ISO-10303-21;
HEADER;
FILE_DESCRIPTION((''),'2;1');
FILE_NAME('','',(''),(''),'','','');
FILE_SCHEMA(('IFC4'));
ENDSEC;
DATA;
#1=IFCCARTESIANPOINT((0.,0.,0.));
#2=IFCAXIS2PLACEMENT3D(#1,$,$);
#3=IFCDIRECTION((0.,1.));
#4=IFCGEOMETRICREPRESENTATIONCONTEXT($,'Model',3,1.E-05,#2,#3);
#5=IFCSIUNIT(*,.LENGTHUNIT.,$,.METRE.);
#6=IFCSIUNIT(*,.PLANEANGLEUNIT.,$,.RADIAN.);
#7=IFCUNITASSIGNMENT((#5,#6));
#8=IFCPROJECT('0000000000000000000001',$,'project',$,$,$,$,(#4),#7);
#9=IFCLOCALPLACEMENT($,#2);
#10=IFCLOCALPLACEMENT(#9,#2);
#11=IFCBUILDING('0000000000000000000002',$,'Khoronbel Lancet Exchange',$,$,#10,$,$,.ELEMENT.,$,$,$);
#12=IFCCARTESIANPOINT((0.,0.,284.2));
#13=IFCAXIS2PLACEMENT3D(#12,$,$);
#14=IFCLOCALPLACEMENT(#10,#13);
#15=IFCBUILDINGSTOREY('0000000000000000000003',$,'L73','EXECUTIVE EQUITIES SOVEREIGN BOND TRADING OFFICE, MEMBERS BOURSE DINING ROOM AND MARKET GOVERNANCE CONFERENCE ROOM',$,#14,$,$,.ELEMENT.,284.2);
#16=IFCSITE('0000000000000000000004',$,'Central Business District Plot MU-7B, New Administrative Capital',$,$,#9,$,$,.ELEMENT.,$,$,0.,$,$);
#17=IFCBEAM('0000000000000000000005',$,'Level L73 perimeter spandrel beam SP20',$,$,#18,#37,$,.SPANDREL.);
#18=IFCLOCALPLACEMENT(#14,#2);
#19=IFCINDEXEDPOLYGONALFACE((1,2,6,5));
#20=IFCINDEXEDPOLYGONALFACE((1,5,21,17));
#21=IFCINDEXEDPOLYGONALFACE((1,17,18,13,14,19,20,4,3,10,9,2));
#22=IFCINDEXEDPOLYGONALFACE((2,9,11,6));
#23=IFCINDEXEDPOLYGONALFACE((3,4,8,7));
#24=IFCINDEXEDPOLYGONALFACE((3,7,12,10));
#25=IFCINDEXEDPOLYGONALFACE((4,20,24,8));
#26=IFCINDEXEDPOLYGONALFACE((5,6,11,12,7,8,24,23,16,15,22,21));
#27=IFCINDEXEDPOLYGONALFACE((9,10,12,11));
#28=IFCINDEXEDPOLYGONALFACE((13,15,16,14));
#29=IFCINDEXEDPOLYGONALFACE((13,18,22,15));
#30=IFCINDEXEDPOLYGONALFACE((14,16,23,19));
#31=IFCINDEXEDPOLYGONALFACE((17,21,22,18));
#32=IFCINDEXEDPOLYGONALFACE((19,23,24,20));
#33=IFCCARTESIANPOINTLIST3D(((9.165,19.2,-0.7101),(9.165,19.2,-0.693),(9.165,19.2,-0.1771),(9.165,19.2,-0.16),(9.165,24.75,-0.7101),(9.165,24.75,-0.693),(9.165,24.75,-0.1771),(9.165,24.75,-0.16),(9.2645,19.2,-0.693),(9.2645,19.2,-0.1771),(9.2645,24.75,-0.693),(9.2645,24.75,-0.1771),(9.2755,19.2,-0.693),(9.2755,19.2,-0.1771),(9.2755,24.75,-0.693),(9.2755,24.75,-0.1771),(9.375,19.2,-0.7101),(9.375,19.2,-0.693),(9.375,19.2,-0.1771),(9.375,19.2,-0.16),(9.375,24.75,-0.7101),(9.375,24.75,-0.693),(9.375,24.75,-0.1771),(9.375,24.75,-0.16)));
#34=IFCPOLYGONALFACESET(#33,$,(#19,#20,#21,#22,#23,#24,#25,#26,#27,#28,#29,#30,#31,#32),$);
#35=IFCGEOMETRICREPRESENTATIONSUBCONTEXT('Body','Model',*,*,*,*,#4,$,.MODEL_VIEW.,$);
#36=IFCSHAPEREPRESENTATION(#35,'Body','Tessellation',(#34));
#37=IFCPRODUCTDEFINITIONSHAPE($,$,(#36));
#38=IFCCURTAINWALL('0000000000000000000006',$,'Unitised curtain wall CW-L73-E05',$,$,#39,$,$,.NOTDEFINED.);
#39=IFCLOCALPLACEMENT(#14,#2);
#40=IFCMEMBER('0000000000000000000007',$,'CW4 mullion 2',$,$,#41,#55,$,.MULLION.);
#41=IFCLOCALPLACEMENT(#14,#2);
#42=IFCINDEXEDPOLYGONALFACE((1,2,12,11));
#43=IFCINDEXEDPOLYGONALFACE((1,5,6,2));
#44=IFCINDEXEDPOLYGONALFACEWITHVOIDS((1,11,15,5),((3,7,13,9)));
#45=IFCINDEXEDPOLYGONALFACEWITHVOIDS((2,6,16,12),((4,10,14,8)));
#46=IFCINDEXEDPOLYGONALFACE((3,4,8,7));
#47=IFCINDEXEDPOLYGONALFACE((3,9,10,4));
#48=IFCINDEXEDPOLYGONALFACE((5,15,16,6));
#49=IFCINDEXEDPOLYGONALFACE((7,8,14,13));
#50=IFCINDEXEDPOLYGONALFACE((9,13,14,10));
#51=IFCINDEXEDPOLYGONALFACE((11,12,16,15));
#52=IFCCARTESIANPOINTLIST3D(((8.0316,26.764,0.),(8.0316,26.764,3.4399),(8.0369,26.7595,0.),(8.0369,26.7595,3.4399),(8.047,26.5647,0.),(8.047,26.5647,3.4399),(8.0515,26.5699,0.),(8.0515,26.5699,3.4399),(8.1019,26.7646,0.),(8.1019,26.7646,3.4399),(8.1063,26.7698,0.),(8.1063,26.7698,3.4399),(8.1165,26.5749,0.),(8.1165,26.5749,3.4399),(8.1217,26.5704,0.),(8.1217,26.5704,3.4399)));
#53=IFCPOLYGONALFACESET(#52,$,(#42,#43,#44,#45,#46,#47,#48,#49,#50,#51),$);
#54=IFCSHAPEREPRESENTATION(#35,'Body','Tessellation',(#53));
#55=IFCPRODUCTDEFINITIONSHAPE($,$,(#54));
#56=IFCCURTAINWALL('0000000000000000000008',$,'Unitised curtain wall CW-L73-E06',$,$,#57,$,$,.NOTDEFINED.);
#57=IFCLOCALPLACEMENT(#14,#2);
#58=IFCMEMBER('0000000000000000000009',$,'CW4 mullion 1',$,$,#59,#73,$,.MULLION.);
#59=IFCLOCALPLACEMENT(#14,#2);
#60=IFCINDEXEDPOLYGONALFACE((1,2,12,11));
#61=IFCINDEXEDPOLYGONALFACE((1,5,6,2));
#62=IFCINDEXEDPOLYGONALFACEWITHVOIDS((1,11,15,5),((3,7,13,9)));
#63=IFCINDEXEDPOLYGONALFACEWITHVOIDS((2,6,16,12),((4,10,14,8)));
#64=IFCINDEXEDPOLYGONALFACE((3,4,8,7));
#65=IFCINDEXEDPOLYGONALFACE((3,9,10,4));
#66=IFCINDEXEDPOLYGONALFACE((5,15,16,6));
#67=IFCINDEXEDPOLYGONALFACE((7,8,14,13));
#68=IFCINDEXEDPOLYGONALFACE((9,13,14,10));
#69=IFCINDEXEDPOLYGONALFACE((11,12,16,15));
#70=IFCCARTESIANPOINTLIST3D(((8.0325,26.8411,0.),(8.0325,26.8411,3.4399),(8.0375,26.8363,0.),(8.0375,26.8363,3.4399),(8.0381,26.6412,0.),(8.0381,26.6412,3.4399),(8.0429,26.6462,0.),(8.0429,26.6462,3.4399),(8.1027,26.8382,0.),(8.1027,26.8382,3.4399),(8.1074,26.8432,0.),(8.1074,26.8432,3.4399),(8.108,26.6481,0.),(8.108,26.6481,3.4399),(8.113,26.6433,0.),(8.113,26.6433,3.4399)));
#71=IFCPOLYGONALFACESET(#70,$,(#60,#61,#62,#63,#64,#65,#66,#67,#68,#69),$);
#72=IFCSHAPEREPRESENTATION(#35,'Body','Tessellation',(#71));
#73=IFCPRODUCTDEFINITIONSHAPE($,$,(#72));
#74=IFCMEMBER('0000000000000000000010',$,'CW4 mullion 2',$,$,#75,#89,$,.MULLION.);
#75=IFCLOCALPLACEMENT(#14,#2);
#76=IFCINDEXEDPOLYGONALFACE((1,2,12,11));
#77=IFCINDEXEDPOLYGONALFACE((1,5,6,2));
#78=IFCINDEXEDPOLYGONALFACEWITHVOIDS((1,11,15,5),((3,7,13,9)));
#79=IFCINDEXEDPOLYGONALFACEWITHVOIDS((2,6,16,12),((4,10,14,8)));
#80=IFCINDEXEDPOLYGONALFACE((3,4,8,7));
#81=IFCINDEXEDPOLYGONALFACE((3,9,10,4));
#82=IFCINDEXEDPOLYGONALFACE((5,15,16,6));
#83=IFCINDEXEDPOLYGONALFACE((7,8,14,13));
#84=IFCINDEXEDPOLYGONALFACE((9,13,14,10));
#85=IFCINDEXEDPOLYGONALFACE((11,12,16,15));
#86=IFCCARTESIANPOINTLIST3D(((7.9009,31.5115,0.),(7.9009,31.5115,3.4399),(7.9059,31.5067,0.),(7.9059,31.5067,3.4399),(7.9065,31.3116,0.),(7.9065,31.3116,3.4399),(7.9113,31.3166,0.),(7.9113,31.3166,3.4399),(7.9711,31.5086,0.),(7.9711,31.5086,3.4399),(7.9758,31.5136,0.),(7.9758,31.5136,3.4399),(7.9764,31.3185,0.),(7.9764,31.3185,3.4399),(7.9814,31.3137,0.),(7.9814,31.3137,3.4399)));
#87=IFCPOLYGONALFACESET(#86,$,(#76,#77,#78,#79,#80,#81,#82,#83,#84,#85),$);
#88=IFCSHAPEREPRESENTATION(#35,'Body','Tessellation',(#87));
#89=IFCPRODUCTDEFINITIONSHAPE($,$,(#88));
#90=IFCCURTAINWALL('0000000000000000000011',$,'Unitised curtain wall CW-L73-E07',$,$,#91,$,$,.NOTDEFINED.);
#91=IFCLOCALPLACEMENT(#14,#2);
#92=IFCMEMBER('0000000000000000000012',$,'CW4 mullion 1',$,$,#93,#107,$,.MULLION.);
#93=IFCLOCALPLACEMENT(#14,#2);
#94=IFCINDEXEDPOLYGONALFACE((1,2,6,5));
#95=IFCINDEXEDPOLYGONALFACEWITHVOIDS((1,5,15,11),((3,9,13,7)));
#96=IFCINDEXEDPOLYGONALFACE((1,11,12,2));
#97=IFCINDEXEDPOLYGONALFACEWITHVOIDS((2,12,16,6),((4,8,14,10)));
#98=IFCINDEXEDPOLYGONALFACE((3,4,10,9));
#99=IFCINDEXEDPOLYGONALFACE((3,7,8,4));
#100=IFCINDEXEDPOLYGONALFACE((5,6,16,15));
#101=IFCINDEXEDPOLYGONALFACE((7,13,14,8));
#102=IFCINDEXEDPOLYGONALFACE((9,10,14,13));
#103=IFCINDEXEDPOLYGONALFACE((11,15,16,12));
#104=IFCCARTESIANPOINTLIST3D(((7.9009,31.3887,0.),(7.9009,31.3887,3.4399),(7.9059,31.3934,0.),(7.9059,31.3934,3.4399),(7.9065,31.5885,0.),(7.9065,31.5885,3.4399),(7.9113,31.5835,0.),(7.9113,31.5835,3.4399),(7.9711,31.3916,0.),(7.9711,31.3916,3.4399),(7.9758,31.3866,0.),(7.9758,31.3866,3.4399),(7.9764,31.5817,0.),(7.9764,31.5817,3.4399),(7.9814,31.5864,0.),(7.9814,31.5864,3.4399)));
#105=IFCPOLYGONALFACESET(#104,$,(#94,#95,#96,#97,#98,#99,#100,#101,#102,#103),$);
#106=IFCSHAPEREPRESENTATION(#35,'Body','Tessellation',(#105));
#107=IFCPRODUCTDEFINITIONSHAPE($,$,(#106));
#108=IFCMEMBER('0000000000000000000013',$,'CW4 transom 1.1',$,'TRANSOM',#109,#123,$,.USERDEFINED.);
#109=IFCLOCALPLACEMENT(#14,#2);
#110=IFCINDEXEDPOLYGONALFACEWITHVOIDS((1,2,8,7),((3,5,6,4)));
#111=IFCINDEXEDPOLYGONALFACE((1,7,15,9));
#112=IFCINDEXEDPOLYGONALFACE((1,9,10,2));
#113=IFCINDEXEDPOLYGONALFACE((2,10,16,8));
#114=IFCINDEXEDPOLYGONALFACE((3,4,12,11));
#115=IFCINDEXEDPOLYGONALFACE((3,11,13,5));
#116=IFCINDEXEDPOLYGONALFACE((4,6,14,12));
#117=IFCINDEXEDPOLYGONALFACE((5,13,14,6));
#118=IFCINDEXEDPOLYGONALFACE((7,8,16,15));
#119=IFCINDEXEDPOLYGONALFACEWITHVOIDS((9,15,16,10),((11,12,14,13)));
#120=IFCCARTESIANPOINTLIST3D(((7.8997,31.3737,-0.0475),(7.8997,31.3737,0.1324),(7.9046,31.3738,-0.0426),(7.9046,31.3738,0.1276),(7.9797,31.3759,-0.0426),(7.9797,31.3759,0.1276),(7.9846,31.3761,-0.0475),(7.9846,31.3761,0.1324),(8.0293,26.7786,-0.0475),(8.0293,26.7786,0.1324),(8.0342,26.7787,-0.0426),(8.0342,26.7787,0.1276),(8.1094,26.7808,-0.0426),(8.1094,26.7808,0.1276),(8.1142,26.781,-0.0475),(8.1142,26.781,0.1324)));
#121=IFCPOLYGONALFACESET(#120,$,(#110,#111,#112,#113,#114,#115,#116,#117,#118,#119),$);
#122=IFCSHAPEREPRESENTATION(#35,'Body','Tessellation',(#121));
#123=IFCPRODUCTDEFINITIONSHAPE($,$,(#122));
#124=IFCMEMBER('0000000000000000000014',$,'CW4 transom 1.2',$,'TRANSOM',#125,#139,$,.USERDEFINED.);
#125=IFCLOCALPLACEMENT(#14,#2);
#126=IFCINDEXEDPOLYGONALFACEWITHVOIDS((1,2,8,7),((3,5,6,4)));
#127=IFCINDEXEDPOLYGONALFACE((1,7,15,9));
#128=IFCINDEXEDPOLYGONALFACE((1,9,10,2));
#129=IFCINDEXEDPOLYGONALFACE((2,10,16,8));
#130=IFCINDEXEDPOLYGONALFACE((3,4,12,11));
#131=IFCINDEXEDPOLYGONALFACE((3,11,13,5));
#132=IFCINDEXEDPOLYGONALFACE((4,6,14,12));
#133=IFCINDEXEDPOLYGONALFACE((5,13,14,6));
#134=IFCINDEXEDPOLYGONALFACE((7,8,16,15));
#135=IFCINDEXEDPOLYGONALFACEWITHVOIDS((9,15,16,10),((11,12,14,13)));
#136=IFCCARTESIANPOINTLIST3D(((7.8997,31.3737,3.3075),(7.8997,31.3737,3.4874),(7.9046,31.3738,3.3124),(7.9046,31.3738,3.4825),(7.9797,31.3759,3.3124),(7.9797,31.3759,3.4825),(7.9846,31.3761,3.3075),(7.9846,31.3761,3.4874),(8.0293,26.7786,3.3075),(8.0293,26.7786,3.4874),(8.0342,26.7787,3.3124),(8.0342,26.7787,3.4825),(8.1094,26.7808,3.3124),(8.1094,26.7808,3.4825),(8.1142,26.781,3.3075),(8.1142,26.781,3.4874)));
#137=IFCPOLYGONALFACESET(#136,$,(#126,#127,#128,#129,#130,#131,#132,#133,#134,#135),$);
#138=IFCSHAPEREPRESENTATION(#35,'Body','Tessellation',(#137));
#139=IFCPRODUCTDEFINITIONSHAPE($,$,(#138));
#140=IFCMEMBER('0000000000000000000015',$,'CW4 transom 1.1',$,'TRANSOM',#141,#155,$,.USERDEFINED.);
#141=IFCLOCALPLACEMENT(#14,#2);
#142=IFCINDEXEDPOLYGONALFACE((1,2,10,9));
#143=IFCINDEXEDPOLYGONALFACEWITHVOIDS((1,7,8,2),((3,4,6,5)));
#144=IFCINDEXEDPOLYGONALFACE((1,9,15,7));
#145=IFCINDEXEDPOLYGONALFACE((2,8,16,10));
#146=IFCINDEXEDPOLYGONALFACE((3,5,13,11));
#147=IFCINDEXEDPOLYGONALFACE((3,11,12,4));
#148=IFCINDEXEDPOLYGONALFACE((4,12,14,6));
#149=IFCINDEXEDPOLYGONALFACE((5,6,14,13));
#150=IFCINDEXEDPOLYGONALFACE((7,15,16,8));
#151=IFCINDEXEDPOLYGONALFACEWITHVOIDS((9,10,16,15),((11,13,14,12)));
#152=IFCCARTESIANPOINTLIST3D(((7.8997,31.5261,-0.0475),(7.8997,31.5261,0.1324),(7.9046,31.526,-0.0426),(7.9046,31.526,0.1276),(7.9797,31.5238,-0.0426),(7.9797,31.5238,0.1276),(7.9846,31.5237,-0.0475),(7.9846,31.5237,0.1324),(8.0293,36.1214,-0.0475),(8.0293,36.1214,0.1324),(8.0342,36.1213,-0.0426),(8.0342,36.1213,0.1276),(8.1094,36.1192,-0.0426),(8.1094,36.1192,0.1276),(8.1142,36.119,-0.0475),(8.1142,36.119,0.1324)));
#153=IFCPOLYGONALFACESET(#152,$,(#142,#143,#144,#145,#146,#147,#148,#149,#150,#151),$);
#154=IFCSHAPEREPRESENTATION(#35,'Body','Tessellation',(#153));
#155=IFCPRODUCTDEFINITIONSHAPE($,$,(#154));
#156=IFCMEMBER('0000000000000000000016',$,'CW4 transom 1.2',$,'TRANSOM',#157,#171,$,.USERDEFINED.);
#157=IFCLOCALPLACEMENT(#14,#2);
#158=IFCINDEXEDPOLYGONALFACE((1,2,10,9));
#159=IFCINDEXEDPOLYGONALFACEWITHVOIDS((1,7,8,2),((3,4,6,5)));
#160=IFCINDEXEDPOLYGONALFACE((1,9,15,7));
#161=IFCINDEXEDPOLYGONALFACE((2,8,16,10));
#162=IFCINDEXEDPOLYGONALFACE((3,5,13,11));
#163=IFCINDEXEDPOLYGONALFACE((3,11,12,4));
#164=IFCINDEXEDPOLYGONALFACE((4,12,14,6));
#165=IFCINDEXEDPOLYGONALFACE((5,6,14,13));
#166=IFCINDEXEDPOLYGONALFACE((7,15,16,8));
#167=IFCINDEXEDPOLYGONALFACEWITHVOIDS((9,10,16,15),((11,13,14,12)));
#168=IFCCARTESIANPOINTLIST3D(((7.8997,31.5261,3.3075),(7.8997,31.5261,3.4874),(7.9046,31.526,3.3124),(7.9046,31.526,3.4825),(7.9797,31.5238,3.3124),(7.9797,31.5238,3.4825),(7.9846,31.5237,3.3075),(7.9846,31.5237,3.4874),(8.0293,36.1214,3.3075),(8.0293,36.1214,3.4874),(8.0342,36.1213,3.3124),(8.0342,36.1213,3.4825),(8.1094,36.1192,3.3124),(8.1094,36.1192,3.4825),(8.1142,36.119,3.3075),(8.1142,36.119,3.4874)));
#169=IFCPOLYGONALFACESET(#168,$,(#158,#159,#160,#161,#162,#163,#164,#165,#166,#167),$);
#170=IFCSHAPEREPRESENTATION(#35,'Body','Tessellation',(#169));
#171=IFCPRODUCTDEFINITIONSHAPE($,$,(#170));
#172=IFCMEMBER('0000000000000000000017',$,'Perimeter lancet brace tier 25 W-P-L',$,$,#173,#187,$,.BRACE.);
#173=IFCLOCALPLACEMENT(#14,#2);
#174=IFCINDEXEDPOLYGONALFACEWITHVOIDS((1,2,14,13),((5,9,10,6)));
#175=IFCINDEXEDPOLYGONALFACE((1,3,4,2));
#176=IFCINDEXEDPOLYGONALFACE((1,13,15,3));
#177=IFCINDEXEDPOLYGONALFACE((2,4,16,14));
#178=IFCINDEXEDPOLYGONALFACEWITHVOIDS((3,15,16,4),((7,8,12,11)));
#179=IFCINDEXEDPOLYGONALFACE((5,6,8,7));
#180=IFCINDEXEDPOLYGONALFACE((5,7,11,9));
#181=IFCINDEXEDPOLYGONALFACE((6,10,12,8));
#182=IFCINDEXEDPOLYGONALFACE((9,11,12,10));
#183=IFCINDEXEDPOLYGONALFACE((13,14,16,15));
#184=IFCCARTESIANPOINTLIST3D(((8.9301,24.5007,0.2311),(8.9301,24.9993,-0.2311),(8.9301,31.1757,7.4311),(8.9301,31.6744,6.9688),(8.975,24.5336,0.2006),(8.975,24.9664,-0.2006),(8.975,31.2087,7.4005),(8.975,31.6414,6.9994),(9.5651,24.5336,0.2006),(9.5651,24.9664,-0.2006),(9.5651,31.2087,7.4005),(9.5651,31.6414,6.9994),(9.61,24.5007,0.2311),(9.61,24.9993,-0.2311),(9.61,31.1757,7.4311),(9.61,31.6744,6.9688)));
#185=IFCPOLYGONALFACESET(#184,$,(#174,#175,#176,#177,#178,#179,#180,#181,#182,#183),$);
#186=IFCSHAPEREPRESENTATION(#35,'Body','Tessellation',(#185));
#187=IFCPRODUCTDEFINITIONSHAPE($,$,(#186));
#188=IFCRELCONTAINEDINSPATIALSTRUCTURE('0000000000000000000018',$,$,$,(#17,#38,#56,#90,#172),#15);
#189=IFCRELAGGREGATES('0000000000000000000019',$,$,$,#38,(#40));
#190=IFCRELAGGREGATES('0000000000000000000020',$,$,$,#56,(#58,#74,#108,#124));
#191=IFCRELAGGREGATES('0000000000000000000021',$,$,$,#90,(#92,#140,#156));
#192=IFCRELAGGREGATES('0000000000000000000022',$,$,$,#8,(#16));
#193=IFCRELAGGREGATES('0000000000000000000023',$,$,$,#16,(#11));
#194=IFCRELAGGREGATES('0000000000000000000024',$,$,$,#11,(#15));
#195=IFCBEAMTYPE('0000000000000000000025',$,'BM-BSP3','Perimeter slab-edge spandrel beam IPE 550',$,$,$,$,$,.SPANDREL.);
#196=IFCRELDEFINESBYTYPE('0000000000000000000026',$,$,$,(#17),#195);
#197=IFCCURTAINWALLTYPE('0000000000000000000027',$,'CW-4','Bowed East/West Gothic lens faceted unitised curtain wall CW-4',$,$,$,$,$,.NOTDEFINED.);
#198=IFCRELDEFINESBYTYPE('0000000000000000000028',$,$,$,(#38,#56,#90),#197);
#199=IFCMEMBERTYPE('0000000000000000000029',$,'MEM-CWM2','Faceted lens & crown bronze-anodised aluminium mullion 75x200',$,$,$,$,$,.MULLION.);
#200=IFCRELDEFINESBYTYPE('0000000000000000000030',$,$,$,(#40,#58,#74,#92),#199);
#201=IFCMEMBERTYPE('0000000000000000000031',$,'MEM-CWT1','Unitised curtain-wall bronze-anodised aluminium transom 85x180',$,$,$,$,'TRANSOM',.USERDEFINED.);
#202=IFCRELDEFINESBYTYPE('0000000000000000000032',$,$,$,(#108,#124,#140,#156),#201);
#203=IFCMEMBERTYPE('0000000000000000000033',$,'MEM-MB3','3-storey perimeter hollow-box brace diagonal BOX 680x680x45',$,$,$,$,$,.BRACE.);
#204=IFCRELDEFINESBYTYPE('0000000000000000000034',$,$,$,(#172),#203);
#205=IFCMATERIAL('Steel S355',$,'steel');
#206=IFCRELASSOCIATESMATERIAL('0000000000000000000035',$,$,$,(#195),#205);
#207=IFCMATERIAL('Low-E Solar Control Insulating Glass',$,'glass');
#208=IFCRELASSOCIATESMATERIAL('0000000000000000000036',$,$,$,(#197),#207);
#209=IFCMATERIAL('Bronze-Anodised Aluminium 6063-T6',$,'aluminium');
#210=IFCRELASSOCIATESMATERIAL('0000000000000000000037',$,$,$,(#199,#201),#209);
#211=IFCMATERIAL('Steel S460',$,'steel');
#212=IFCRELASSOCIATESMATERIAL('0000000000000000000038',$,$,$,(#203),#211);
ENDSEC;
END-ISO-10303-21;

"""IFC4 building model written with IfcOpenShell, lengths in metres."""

from ifc_helpers import new_model, si_unit, direction, frame, origin, origin_2d, place, context, subcontext, project, spatial, hollow_rectangle, i_section, extrude, material, material_profile, profile_set, type_object, element, aggregate, save


model = new_model("IFC4")

# Units and contexts
model_context = context("Model", 3, precision=1e-05, world=origin(), true_north=direction((0.0, 1.0)))
body_context = subcontext(model_context, "Body", "Model", "MODEL_VIEW")
ifc_project = project(units=[si_unit("LENGTHUNIT", "METRE"), si_unit("PLANEANGLEUNIT", "RADIAN")], contexts=[model_context])

# Site, building, storey
site_placement = place(None, origin())
site = spatial("IfcSite", under=ifc_project, at=site_placement, Name="Central Business District Plot MU-7B, New Administrative Capital", CompositionType="ELEMENT", RefElevation=0.0)
building_placement = place(site_placement, origin())
building = spatial("IfcBuilding", under=site, at=building_placement, Name="Khoronbel Lancet Exchange", CompositionType="ELEMENT")
storey_placement = place(building_placement, frame((0.0, 0.0, 284.2)))
storey = spatial("IfcBuildingStorey", under=building, at=storey_placement, Name="L73", Description="EXECUTIVE EQUITIES SOVEREIGN BOND TRADING OFFICE, MEMBERS BOURSE DINING ROOM AND MARKET GOVERNANCE CONFERENCE ROOM", CompositionType="ELEMENT", Elevation=284.2)

# Shared definitions
ifc_material_1 = material(Name="Steel S355", Category="steel")

# Beam
ifc_material_profile_1 = material_profile(ifc_material_1, i_section(OverallWidth=0.21, OverallDepth=0.55, WebThickness=0.011, FlangeThickness=0.0171, at=origin_2d()), Name="IPE 550")
ifc_profile_set_1 = profile_set([ifc_material_profile_1], Name="Steel S355")
beam_type_1 = type_object("IfcBeamType", Name="BM-BSP3", Description="Perimeter slab-edge spandrel beam IPE 550", PredefinedType="SPANDREL", material=ifc_profile_set_1)
beam_1_placement = place(storey_placement, frame((9.27, 24.75, -0.4351), z_axis=(0.0, -1.0, 0.0), x_axis=(1.0, 0.0, 0.0)))
element("IfcBeam", 1, at=beam_1_placement, inside=storey, type_object=beam_type_1, Name="Level L73 perimeter spandrel beam SP20", PredefinedType="SPANDREL", context=body_context, shape_type="SweptSolid", body=[
    extrude(i_section(OverallWidth=0.21, OverallDepth=0.55, WebThickness=0.011, FlangeThickness=0.0171, at=origin_2d()), origin(), (0.0, 0.0, 1.0), 5.55),
])

# Curtain wall, member
ifc_material_2 = material(Name="Low-E Solar Control Insulating Glass", Category="glass")
curtain_wall_type = type_object("IfcCurtainWallType", Name="CW-4", Description="Bowed East/West Gothic lens faceted unitised curtain wall CW-4", PredefinedType="NOTDEFINED", material=ifc_material_2)
curtain_wall_1_placement = place(storey_placement, origin())
curtain_wall_1 = element("IfcCurtainWall", 2, at=curtain_wall_1_placement, inside=storey, type_object=curtain_wall_type, Name="Unitised curtain wall CW-L73-E05", PredefinedType="NOTDEFINED")
ifc_material_3 = material(Name="Bronze-Anodised Aluminium 6063-T6", Category="aluminium")
ifc_material_profile_2 = material_profile(ifc_material_3, hollow_rectangle(XDim=0.075, YDim=0.2, WallThickness=0.0049, at=origin_2d()), Name="ALU MULLION 75x200")
ifc_profile_set_2 = profile_set([ifc_material_profile_2], Name="Bronze-Anodised Aluminium 6063-T6")
member_type_1 = type_object("IfcMemberType", Name="MEM-CWM2", Description="Faceted lens & crown bronze-anodised aluminium mullion 75x200", PredefinedType="MULLION", material=ifc_profile_set_2)
member_1_placement = place(storey_placement, frame((8.0767, 26.6672, 0.0), z_axis=(0.0, 0.0, 1.0), x_axis=(-0.997045, -0.076819, 0.0)))
member_1 = element("IfcMember", 3, at=member_1_placement, type_object=member_type_1, Name="CW4 mullion 2", PredefinedType="MULLION", context=body_context, shape_type="SweptSolid", body=[
    extrude(hollow_rectangle(XDim=0.075, YDim=0.2, WallThickness=0.0049, at=origin_2d()), origin(), (0.0, 0.0, 1.0), 3.4399),
])

# Curtain wall, members
curtain_wall_2_placement = place(storey_placement, origin())
curtain_wall_2 = element("IfcCurtainWall", 4, at=curtain_wall_2_placement, inside=storey, type_object=curtain_wall_type, Name="Unitised curtain wall CW-L73-E06", PredefinedType="NOTDEFINED")
member_2_placement = place(storey_placement, frame((8.0728, 26.7422, 0.0), z_axis=(0.0, 0.0, 1.0), x_axis=(-0.999602, -0.028206, 0.0)))
member_2 = element("IfcMember", 5, at=member_2_placement, type_object=member_type_1, Name="CW4 mullion 1", PredefinedType="MULLION", context=body_context, shape_type="SweptSolid", body=[
    extrude(hollow_rectangle(XDim=0.075, YDim=0.2, WallThickness=0.0049, at=origin_2d()), origin(), (0.0, 0.0, 1.0), 3.4399),
])
member_3_placement = place(storey_placement, frame((7.9412, 31.4126, 0.0), z_axis=(0.0, 0.0, 1.0), x_axis=(-0.999602, -0.028206, 0.0)))
member_3 = element("IfcMember", 6, at=member_3_placement, type_object=member_type_1, Name="CW4 mullion 2", PredefinedType="MULLION", context=body_context, shape_type="SweptSolid", body=[
    extrude(hollow_rectangle(XDim=0.075, YDim=0.2, WallThickness=0.0049, at=origin_2d()), origin(), (0.0, 0.0, 1.0), 3.4399),
])

# Curtain wall, member
curtain_wall_3_placement = place(storey_placement, origin())
curtain_wall_3 = element("IfcCurtainWall", 7, at=curtain_wall_3_placement, inside=storey, type_object=curtain_wall_type, Name="Unitised curtain wall CW-L73-E07", PredefinedType="NOTDEFINED")
member_4_placement = place(storey_placement, frame((7.9412, 31.4875, 0.0), z_axis=(0.0, 0.0, 1.0), x_axis=(-0.999602, 0.028206, 0.0)))
member_4 = element("IfcMember", 8, at=member_4_placement, type_object=member_type_1, Name="CW4 mullion 1", PredefinedType="MULLION", context=body_context, shape_type="SweptSolid", body=[
    extrude(hollow_rectangle(XDim=0.075, YDim=0.2, WallThickness=0.0049, at=origin_2d()), origin(), (0.0, 0.0, 1.0), 3.4399),
])

# Members
ifc_material_profile_3 = material_profile(ifc_material_3, hollow_rectangle(XDim=0.085, YDim=0.1799, WallThickness=0.0049, at=origin_2d()), Name="ALU TRANSOM 85x180")
ifc_profile_set_3 = profile_set([ifc_material_profile_3], Name="Bronze-Anodised Aluminium 6063-T6")
member_type_2 = type_object("IfcMemberType", Name="MEM-CWT1", Description="Unitised curtain-wall bronze-anodised aluminium transom 85x180", ElementType="TRANSOM", PredefinedType="USERDEFINED", material=ifc_profile_set_3)
member_5_placement = place(storey_placement, frame((8.0718, 26.7798, 0.0425), z_axis=(-0.0282, 0.999602, 0.0), x_axis=(-0.999602, -0.0282, 0.0)))
member_5 = element("IfcMember", 9, at=member_5_placement, type_object=member_type_2, Name="CW4 transom 1.1", ObjectType="TRANSOM", PredefinedType="USERDEFINED", context=body_context, shape_type="SweptSolid", body=[
    extrude(hollow_rectangle(XDim=0.085, YDim=0.1799, WallThickness=0.0049, at=origin_2d()), origin(), (0.0, 0.0, 1.0), 4.5969),
])
member_6_placement = place(storey_placement, frame((8.0718, 26.7798, 3.3975), z_axis=(-0.0282, 0.999602, 0.0), x_axis=(-0.999602, -0.0282, 0.0)))
member_6 = element("IfcMember", 10, at=member_6_placement, type_object=member_type_2, Name="CW4 transom 1.2", ObjectType="TRANSOM", PredefinedType="USERDEFINED", context=body_context, shape_type="SweptSolid", body=[
    extrude(hollow_rectangle(XDim=0.085, YDim=0.1799, WallThickness=0.0049, at=origin_2d()), origin(), (0.0, 0.0, 1.0), 4.5969),
])
member_7_placement = place(storey_placement, frame((7.9421, 31.5249, 0.0425), z_axis=(0.028199, 0.999602, 0.0), x_axis=(-0.999602, 0.028199, 0.0)))
member_7 = element("IfcMember", 11, at=member_7_placement, type_object=member_type_2, Name="CW4 transom 1.1", ObjectType="TRANSOM", PredefinedType="USERDEFINED", context=body_context, shape_type="SweptSolid", body=[
    extrude(hollow_rectangle(XDim=0.085, YDim=0.1799, WallThickness=0.0049, at=origin_2d()), origin(), (0.0, 0.0, 1.0), 4.5972),
])
member_8_placement = place(storey_placement, frame((7.9421, 31.5249, 3.3975), z_axis=(0.028199, 0.999602, 0.0), x_axis=(-0.999602, 0.028199, 0.0)))
member_8 = element("IfcMember", 12, at=member_8_placement, type_object=member_type_2, Name="CW4 transom 1.2", ObjectType="TRANSOM", PredefinedType="USERDEFINED", context=body_context, shape_type="SweptSolid", body=[
    extrude(hollow_rectangle(XDim=0.085, YDim=0.1799, WallThickness=0.0049, at=origin_2d()), origin(), (0.0, 0.0, 1.0), 4.5972),
])
ifc_material_4 = material(Name="Steel S460", Category="steel")
ifc_material_profile_4 = material_profile(ifc_material_4, hollow_rectangle(XDim=0.6799, YDim=0.6799, WallThickness=0.0449, at=origin_2d()), Name="BOX 680x680x45")
ifc_profile_set_4 = profile_set([ifc_material_profile_4], Name="Steel S460")
member_type_3 = type_object("IfcMemberType", Name="MEM-MB3", Description="3-storey perimeter hollow-box brace diagonal BOX 680x680x45", PredefinedType="BRACE", material=ifc_profile_set_4)
member_9_placement = place(storey_placement, frame((9.27, 24.75, 0.0), z_axis=(0.0, 0.67987, 0.733333), x_axis=(-1.0, 0.0, 0.0)))
element("IfcMember", 13, at=member_9_placement, inside=storey, type_object=member_type_3, Name="Perimeter lancet brace tier 25 W-P-L", PredefinedType="BRACE", context=body_context, shape_type="SweptSolid", body=[
    extrude(hollow_rectangle(XDim=0.6799, YDim=0.6799, WallThickness=0.0449, at=origin_2d()), origin(), (0.0, 0.0, 1.0), 9.8181),
])

aggregate(curtain_wall_1, [member_1])
aggregate(curtain_wall_2, [member_2, member_3, member_5, member_6])
aggregate(curtain_wall_3, [member_4, member_7, member_8])

save(model, "model.ifc")
